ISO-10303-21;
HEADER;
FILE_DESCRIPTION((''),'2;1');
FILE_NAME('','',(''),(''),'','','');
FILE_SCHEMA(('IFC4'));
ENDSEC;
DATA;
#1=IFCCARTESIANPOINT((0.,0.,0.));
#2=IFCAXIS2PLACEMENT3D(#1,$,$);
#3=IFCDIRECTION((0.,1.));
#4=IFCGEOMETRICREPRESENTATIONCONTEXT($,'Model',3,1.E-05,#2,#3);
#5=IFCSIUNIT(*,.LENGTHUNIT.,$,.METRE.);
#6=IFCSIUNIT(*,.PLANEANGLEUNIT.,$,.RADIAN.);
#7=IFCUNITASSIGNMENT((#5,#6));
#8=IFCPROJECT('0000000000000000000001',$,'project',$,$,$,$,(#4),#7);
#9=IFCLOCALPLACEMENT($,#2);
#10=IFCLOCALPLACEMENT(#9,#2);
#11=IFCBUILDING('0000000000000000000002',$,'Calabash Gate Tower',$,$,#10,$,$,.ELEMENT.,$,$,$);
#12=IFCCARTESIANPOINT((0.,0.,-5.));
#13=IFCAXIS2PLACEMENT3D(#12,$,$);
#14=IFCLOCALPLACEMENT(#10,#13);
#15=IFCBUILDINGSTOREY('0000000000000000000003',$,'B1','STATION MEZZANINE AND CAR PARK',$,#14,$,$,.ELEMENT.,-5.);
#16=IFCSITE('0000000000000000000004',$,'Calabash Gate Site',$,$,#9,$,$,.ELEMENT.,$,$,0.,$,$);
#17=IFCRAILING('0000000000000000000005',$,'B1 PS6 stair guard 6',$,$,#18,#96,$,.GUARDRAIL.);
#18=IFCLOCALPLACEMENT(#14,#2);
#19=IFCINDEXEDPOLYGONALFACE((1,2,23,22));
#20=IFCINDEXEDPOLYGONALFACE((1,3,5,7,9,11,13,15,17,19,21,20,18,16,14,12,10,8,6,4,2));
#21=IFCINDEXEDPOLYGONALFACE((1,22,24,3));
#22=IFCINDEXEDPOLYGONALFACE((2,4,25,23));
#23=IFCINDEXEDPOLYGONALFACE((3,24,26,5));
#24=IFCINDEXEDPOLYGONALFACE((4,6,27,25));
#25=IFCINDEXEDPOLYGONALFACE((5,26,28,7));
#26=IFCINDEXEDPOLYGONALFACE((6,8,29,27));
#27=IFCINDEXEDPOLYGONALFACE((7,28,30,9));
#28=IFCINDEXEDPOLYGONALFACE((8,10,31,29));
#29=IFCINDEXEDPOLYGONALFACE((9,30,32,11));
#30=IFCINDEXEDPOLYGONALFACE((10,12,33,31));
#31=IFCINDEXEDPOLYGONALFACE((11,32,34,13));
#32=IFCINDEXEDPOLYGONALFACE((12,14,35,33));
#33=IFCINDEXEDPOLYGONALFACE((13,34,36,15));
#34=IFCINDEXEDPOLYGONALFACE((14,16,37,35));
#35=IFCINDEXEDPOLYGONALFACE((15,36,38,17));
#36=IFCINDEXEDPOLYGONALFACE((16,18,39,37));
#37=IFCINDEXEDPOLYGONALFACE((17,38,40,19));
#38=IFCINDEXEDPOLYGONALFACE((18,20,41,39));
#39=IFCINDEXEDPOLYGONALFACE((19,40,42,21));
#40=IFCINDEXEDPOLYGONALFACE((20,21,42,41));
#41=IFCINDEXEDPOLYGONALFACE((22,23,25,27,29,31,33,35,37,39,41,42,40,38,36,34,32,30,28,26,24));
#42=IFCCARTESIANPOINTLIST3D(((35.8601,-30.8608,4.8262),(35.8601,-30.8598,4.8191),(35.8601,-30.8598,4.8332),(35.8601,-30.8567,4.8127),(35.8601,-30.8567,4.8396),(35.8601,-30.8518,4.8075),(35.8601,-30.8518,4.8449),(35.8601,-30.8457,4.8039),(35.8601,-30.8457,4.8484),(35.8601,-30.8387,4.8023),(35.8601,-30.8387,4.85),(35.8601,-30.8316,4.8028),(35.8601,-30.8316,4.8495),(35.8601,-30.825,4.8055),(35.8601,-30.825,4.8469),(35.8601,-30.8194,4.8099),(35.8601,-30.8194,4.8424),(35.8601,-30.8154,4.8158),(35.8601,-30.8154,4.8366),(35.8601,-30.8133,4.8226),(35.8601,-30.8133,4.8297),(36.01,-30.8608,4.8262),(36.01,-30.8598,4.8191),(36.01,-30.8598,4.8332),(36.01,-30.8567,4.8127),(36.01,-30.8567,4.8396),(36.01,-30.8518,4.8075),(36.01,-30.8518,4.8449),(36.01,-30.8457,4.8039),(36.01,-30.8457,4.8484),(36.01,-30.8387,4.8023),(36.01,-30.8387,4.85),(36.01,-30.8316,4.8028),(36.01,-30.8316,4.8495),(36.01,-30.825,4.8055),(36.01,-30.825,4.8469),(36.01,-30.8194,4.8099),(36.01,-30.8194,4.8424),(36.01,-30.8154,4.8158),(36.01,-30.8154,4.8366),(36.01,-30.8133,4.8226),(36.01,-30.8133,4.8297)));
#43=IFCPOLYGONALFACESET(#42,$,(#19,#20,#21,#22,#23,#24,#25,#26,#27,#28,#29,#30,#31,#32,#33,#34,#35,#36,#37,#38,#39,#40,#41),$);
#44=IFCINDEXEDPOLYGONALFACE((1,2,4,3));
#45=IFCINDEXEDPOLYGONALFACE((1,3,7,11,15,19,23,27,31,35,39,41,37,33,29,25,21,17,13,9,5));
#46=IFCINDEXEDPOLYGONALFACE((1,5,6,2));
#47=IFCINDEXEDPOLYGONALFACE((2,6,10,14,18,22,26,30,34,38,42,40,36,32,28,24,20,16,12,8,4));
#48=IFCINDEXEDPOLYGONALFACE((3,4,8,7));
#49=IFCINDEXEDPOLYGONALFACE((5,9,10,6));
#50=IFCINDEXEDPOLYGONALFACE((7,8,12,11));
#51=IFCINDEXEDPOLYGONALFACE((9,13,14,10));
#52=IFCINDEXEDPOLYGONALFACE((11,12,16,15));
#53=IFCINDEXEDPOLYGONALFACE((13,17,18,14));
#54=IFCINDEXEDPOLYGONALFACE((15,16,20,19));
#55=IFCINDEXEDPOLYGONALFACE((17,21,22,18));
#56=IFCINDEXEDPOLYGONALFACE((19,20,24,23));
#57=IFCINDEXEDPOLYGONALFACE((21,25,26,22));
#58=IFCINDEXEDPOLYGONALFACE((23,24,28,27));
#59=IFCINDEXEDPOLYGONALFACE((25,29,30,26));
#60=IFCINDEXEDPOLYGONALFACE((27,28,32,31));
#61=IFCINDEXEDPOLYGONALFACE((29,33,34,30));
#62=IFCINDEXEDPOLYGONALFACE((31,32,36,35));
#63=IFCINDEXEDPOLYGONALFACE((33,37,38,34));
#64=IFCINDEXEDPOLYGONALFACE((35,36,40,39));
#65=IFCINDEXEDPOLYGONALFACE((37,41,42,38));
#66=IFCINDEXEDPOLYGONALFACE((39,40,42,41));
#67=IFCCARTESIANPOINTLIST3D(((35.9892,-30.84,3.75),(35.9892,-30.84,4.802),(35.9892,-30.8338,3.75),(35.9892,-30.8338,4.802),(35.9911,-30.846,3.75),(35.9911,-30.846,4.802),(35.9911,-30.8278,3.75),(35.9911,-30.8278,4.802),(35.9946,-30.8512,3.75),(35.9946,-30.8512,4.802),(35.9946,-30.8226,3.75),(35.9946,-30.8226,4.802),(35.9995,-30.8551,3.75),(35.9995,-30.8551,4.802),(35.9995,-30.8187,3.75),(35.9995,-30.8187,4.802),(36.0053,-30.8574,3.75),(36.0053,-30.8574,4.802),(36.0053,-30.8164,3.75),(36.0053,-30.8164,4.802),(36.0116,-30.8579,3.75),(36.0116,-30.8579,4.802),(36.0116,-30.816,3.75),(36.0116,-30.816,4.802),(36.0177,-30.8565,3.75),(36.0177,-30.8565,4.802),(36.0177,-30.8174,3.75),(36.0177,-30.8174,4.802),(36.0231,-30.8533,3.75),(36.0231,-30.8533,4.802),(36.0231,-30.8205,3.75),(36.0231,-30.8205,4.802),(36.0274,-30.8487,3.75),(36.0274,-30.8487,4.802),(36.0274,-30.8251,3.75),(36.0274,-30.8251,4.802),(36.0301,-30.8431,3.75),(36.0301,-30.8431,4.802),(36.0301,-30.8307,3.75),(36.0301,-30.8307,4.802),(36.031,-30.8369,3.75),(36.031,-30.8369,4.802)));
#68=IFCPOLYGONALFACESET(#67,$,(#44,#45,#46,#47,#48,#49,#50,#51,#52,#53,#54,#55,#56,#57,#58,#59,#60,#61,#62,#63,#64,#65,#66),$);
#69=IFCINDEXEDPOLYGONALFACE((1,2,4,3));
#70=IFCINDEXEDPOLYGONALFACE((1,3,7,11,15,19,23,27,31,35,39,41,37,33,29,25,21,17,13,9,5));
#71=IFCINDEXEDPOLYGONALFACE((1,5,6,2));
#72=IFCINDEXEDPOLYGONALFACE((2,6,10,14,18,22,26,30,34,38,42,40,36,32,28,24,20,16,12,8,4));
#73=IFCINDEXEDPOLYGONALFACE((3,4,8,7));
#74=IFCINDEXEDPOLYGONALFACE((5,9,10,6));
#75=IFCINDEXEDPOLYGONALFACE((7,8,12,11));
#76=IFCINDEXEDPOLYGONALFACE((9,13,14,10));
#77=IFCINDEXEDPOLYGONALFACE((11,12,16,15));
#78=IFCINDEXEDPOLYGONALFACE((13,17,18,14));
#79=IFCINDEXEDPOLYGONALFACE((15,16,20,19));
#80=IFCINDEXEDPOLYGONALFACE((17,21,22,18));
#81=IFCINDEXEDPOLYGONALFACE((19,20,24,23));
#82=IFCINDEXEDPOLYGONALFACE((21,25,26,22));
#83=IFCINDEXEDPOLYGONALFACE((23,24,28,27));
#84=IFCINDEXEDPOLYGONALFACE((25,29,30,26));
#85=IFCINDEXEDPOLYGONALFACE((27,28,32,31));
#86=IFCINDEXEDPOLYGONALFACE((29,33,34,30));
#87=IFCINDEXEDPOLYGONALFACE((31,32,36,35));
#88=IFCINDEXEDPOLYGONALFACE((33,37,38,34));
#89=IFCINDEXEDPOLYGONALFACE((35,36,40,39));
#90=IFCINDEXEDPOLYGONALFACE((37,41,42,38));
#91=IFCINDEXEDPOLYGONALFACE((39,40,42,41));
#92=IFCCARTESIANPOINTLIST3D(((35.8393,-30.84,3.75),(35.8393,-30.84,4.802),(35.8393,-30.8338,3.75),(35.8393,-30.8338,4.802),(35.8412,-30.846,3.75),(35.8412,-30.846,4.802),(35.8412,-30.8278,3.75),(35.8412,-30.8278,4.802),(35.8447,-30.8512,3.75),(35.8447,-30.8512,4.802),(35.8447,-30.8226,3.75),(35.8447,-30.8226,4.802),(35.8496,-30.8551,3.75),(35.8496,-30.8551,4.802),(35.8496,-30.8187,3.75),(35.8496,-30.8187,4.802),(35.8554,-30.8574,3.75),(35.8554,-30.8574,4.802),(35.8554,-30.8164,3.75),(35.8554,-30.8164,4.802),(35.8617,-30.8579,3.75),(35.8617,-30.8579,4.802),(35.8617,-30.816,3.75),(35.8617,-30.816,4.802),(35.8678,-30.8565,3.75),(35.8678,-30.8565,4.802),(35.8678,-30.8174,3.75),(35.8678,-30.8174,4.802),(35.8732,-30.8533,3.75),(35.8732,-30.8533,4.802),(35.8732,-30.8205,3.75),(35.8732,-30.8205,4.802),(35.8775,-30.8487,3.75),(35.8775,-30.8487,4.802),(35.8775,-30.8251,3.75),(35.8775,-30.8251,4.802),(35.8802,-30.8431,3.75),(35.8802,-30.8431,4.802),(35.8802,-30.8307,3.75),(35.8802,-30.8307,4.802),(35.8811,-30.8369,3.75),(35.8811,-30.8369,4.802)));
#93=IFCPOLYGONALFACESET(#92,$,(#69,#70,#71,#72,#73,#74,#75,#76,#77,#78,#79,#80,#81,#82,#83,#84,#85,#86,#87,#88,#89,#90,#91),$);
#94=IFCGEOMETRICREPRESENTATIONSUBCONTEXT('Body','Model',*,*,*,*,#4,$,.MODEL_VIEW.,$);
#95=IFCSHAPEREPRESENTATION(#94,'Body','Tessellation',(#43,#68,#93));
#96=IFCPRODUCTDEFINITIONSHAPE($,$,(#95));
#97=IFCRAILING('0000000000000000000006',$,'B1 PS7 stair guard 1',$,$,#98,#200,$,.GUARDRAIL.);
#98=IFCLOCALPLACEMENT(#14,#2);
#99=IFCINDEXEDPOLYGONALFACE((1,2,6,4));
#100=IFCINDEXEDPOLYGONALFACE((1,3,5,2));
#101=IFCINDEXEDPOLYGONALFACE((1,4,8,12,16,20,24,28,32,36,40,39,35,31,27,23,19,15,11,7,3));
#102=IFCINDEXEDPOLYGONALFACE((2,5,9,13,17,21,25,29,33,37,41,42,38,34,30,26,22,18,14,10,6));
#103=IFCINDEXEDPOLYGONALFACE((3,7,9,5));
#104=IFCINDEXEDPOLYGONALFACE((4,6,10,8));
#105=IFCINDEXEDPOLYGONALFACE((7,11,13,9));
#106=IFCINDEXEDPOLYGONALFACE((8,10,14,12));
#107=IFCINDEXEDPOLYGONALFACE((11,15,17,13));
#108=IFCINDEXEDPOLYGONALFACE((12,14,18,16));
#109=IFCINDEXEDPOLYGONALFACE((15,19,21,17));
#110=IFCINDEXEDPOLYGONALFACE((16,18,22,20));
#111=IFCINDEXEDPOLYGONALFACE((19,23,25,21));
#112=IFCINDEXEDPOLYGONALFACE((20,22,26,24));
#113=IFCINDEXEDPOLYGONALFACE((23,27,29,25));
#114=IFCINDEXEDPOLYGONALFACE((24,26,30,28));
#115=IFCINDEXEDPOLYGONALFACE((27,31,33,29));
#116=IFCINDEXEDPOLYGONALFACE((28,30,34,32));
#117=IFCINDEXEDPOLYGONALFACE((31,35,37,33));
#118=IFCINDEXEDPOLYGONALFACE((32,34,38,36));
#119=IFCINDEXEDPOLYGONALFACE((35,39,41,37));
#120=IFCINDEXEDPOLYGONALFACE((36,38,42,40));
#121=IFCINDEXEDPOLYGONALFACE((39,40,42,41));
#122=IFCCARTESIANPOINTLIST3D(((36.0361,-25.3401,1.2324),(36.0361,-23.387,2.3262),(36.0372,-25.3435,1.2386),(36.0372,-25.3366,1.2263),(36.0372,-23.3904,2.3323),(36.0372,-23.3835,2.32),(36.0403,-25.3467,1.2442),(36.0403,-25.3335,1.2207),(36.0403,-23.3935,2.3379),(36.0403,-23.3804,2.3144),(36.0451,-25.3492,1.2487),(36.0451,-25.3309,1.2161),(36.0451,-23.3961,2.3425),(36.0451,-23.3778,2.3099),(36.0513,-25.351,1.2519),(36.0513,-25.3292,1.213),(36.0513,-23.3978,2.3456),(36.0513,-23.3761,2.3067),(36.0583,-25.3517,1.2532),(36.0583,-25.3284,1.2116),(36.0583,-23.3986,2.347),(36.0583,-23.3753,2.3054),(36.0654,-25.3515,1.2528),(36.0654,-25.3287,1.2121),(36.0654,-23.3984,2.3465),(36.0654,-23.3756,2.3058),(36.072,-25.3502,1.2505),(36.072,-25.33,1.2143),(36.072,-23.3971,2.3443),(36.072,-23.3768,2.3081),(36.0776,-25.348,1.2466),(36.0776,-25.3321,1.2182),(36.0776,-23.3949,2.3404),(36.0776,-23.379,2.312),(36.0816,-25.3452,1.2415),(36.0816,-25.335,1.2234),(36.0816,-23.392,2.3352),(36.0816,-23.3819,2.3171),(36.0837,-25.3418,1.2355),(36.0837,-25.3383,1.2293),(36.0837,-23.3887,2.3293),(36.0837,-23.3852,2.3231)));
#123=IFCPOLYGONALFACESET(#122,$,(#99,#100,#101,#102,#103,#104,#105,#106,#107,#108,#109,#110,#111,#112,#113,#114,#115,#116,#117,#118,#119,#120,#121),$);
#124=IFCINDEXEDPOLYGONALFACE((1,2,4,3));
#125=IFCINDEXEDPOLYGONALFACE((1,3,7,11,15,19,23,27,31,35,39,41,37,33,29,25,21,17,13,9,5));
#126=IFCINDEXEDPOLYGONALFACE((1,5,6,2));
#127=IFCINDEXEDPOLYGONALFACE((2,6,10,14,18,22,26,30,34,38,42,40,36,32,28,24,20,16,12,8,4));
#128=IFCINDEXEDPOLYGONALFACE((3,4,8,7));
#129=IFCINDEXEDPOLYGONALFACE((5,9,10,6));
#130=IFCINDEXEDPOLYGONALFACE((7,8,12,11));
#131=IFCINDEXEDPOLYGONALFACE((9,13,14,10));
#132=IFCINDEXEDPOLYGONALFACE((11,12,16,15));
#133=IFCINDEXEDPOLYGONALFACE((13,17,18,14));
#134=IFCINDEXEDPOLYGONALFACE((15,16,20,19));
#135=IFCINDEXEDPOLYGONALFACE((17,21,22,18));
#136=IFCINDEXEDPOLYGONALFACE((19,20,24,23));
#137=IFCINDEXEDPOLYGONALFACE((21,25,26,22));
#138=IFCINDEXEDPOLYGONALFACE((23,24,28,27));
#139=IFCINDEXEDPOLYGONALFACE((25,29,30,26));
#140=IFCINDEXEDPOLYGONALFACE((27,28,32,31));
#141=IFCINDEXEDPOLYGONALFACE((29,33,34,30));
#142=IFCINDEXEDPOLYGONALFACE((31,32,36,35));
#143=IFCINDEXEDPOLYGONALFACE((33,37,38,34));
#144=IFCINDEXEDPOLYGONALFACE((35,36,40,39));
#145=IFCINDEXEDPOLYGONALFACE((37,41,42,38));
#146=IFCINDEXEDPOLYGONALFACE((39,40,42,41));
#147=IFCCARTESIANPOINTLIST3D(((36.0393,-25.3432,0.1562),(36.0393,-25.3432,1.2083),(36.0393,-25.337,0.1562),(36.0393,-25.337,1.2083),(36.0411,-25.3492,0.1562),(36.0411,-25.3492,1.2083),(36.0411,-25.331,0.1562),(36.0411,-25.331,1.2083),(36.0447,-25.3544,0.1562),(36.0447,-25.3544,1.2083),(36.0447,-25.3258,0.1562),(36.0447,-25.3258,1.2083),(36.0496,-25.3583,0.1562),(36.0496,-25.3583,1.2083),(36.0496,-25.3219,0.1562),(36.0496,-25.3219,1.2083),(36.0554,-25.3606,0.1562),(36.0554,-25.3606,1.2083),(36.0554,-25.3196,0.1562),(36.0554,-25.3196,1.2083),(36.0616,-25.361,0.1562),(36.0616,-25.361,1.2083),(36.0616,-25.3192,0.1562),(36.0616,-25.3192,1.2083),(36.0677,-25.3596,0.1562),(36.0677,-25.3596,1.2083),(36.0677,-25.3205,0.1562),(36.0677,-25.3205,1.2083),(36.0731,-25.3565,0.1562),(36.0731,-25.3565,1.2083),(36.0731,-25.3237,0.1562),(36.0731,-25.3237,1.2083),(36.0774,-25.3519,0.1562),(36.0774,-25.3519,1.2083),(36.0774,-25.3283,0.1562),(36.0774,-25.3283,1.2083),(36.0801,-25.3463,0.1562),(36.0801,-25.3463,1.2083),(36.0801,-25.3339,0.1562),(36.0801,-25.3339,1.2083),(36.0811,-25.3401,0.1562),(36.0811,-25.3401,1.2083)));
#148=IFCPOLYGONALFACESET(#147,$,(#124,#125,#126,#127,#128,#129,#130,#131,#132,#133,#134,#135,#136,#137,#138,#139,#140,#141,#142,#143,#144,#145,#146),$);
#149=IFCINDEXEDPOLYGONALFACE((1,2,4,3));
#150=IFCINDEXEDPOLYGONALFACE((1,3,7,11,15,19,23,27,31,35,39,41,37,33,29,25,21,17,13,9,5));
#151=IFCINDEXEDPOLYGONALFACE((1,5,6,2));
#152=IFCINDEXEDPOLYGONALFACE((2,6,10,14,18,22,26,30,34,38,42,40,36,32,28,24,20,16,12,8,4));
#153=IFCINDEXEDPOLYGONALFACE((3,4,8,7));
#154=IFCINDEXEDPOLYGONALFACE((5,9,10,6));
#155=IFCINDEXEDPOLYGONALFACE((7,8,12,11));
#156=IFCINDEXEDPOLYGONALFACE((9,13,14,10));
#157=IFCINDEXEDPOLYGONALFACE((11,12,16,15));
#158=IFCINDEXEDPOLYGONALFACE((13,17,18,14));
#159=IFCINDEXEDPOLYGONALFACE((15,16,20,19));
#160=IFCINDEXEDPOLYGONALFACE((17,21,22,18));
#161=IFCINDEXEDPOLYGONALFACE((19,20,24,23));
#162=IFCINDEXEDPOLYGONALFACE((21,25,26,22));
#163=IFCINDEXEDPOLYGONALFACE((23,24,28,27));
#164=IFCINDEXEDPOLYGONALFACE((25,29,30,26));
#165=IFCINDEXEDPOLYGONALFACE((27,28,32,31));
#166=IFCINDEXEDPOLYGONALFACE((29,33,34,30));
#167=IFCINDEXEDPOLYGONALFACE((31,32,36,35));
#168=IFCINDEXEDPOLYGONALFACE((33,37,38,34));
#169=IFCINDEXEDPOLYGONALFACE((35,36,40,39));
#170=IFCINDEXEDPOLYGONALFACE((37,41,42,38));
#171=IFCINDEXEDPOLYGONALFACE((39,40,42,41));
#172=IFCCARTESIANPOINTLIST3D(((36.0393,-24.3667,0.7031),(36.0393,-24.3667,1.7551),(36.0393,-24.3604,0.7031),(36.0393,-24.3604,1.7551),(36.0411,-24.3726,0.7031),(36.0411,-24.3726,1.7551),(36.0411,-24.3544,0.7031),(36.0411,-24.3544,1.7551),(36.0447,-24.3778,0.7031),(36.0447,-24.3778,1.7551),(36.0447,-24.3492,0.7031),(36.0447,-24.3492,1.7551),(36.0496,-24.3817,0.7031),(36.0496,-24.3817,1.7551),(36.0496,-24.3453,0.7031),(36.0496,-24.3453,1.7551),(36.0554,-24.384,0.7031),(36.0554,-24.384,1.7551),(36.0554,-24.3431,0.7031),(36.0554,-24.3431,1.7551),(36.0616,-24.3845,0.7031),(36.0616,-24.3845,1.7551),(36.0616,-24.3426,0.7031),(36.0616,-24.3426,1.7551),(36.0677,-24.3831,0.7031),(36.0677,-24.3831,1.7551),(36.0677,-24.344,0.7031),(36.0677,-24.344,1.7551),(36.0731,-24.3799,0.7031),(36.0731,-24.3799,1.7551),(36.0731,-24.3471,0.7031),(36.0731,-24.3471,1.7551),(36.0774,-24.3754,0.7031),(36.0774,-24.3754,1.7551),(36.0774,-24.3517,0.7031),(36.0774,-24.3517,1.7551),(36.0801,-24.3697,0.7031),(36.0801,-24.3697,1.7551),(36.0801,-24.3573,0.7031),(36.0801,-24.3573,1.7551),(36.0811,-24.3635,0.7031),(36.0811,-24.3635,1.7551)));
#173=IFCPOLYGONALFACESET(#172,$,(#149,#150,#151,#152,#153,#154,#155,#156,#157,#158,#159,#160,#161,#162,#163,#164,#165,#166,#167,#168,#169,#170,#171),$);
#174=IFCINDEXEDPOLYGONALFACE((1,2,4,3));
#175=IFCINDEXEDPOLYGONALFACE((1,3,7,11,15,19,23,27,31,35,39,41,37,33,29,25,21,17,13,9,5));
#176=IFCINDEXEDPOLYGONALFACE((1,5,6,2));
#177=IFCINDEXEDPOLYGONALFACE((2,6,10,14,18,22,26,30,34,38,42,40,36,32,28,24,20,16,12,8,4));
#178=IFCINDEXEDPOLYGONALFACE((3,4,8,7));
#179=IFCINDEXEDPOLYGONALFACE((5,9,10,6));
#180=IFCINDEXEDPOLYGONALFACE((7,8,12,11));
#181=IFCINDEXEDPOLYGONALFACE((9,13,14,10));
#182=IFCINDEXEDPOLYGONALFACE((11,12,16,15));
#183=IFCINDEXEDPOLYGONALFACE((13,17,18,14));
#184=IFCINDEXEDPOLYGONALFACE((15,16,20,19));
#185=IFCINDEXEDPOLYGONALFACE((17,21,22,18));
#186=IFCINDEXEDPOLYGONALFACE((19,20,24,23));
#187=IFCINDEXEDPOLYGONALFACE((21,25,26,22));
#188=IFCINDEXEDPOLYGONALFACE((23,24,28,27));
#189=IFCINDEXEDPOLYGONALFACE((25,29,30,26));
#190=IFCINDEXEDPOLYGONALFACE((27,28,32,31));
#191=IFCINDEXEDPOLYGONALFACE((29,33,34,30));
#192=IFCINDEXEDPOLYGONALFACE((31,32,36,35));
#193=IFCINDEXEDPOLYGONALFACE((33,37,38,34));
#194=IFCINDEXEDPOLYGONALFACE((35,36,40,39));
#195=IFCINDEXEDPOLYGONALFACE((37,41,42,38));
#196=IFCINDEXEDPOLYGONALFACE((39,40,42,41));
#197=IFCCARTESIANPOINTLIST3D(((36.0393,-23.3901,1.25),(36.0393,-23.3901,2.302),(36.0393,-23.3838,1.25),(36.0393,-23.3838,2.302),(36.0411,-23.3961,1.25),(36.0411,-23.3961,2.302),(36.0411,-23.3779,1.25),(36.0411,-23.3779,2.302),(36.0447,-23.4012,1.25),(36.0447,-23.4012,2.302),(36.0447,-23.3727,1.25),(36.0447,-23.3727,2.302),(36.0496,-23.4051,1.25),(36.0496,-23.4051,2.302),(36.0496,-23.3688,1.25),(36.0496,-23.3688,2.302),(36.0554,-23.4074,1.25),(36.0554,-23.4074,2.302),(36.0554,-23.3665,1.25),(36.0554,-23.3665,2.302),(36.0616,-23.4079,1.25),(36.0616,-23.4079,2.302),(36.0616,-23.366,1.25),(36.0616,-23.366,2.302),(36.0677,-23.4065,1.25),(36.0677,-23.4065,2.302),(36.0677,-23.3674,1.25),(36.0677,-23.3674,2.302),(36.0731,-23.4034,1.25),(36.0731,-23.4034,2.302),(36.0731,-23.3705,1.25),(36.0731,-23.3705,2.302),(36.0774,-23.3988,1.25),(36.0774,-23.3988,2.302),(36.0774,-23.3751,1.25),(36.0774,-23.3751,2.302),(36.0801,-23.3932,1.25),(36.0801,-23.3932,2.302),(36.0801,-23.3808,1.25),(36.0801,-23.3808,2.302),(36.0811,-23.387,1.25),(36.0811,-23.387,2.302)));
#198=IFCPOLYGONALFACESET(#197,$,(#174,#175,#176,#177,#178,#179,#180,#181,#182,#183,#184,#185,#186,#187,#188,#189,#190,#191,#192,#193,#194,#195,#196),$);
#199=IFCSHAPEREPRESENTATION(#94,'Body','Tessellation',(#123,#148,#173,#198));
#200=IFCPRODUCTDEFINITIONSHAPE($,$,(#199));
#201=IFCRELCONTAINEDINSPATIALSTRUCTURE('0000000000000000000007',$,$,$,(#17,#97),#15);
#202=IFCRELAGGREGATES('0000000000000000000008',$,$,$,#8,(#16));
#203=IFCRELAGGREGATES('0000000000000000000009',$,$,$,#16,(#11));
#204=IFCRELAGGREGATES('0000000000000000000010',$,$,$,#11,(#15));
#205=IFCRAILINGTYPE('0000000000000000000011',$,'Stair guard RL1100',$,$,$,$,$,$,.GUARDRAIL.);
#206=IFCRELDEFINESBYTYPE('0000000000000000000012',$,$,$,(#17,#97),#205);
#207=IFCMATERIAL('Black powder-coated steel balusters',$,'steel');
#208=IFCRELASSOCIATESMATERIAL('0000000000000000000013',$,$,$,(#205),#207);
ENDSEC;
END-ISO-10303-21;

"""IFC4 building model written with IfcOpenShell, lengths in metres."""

from ifc_helpers import new_model, si_unit, direction, frame, origin, origin_2d, place, context, subcontext, project, spatial, circle, extrude, material, type_object, element, save


model = new_model("IFC4")

# Units and contexts
model_context = context("Model", 3, precision=1e-05, world=origin(), true_north=direction((0.0, 1.0)))
body_context = subcontext(model_context, "Body", "Model", "MODEL_VIEW")
ifc_project = project(units=[si_unit("LENGTHUNIT", "METRE"), si_unit("PLANEANGLEUNIT", "RADIAN")], contexts=[model_context])

# Site, building, storey
site_placement = place(None, origin())
site = spatial("IfcSite", under=ifc_project, at=site_placement, Name="Calabash Gate Site", CompositionType="ELEMENT", RefElevation=0.0)
building_placement = place(site_placement, origin())
building = spatial("IfcBuilding", under=site, at=building_placement, Name="Calabash Gate Tower", CompositionType="ELEMENT")
storey_placement = place(building_placement, frame((0.0, 0.0, -5.0)))
storey = spatial("IfcBuildingStorey", under=building, at=storey_placement, Name="B1", Description="STATION MEZZANINE AND CAR PARK", CompositionType="ELEMENT", Elevation=-5.0)

# Railings
ifc_material_1 = material(Name="Black powder-coated steel balusters", Category="steel")
railing_type_1 = type_object("IfcRailingType", Name="Stair guard RL1100", PredefinedType="GUARDRAIL", material=ifc_material_1)
for number, where, name in (
    (1, (36.01, -30.8369, 3.75), "B1 PS6 stair guard 6"),
):
    element("IfcRailing", number, at=place(storey_placement, frame(where)), inside=storey, type_object=railing_type_1, Name=name, PredefinedType="GUARDRAIL", context=body_context, shape_type="SweptSolid", body=[
        extrude(circle(Radius=0.0239, at=origin_2d()), frame((0.0, 0.0, 1.0762), z_axis=(-1.0, 0.0, 0.0), x_axis=(0.0, -1.0, 0.0)), (0.0, 0.0, 1.0), 0.1499),
        extrude(circle(Radius=0.021, at=origin_2d()), origin(), (0.0, 0.0, 1.0), 1.052),
        extrude(circle(Radius=0.021, at=origin_2d()), frame((-0.1499, 0.0, 0.0)), (0.0, 0.0, 1.0), 1.052),
    ])
railing_1_placement = place(storey_placement, frame((36.0601, -25.3401, 0.1562)))
element("IfcRailing", 2, at=railing_1_placement, inside=storey, type_object=railing_type_1, Name="B1 PS7 stair guard 1", PredefinedType="GUARDRAIL", context=body_context, shape_type="SweptSolid", body=[
    extrude(circle(Radius=0.0239, at=origin_2d()), frame((0.0, 0.0, 1.0762), z_axis=(0.0, 0.872506, 0.488603), x_axis=(-1.0, 0.0, 0.0)), (0.0, 0.0, 1.0), 2.2385),
    extrude(circle(Radius=0.021, at=origin_2d()), origin(), (0.0, 0.0, 1.0), 1.052),
    extrude(circle(Radius=0.021, at=origin_2d()), frame((0.0, 0.9766, 0.5469)), (0.0, 0.0, 1.0), 1.052),
    extrude(circle(Radius=0.021, at=origin_2d()), frame((0.0, 1.9531, 1.0938)), (0.0, 0.0, 1.0), 1.052),
])

save(model, "model.ifc")
